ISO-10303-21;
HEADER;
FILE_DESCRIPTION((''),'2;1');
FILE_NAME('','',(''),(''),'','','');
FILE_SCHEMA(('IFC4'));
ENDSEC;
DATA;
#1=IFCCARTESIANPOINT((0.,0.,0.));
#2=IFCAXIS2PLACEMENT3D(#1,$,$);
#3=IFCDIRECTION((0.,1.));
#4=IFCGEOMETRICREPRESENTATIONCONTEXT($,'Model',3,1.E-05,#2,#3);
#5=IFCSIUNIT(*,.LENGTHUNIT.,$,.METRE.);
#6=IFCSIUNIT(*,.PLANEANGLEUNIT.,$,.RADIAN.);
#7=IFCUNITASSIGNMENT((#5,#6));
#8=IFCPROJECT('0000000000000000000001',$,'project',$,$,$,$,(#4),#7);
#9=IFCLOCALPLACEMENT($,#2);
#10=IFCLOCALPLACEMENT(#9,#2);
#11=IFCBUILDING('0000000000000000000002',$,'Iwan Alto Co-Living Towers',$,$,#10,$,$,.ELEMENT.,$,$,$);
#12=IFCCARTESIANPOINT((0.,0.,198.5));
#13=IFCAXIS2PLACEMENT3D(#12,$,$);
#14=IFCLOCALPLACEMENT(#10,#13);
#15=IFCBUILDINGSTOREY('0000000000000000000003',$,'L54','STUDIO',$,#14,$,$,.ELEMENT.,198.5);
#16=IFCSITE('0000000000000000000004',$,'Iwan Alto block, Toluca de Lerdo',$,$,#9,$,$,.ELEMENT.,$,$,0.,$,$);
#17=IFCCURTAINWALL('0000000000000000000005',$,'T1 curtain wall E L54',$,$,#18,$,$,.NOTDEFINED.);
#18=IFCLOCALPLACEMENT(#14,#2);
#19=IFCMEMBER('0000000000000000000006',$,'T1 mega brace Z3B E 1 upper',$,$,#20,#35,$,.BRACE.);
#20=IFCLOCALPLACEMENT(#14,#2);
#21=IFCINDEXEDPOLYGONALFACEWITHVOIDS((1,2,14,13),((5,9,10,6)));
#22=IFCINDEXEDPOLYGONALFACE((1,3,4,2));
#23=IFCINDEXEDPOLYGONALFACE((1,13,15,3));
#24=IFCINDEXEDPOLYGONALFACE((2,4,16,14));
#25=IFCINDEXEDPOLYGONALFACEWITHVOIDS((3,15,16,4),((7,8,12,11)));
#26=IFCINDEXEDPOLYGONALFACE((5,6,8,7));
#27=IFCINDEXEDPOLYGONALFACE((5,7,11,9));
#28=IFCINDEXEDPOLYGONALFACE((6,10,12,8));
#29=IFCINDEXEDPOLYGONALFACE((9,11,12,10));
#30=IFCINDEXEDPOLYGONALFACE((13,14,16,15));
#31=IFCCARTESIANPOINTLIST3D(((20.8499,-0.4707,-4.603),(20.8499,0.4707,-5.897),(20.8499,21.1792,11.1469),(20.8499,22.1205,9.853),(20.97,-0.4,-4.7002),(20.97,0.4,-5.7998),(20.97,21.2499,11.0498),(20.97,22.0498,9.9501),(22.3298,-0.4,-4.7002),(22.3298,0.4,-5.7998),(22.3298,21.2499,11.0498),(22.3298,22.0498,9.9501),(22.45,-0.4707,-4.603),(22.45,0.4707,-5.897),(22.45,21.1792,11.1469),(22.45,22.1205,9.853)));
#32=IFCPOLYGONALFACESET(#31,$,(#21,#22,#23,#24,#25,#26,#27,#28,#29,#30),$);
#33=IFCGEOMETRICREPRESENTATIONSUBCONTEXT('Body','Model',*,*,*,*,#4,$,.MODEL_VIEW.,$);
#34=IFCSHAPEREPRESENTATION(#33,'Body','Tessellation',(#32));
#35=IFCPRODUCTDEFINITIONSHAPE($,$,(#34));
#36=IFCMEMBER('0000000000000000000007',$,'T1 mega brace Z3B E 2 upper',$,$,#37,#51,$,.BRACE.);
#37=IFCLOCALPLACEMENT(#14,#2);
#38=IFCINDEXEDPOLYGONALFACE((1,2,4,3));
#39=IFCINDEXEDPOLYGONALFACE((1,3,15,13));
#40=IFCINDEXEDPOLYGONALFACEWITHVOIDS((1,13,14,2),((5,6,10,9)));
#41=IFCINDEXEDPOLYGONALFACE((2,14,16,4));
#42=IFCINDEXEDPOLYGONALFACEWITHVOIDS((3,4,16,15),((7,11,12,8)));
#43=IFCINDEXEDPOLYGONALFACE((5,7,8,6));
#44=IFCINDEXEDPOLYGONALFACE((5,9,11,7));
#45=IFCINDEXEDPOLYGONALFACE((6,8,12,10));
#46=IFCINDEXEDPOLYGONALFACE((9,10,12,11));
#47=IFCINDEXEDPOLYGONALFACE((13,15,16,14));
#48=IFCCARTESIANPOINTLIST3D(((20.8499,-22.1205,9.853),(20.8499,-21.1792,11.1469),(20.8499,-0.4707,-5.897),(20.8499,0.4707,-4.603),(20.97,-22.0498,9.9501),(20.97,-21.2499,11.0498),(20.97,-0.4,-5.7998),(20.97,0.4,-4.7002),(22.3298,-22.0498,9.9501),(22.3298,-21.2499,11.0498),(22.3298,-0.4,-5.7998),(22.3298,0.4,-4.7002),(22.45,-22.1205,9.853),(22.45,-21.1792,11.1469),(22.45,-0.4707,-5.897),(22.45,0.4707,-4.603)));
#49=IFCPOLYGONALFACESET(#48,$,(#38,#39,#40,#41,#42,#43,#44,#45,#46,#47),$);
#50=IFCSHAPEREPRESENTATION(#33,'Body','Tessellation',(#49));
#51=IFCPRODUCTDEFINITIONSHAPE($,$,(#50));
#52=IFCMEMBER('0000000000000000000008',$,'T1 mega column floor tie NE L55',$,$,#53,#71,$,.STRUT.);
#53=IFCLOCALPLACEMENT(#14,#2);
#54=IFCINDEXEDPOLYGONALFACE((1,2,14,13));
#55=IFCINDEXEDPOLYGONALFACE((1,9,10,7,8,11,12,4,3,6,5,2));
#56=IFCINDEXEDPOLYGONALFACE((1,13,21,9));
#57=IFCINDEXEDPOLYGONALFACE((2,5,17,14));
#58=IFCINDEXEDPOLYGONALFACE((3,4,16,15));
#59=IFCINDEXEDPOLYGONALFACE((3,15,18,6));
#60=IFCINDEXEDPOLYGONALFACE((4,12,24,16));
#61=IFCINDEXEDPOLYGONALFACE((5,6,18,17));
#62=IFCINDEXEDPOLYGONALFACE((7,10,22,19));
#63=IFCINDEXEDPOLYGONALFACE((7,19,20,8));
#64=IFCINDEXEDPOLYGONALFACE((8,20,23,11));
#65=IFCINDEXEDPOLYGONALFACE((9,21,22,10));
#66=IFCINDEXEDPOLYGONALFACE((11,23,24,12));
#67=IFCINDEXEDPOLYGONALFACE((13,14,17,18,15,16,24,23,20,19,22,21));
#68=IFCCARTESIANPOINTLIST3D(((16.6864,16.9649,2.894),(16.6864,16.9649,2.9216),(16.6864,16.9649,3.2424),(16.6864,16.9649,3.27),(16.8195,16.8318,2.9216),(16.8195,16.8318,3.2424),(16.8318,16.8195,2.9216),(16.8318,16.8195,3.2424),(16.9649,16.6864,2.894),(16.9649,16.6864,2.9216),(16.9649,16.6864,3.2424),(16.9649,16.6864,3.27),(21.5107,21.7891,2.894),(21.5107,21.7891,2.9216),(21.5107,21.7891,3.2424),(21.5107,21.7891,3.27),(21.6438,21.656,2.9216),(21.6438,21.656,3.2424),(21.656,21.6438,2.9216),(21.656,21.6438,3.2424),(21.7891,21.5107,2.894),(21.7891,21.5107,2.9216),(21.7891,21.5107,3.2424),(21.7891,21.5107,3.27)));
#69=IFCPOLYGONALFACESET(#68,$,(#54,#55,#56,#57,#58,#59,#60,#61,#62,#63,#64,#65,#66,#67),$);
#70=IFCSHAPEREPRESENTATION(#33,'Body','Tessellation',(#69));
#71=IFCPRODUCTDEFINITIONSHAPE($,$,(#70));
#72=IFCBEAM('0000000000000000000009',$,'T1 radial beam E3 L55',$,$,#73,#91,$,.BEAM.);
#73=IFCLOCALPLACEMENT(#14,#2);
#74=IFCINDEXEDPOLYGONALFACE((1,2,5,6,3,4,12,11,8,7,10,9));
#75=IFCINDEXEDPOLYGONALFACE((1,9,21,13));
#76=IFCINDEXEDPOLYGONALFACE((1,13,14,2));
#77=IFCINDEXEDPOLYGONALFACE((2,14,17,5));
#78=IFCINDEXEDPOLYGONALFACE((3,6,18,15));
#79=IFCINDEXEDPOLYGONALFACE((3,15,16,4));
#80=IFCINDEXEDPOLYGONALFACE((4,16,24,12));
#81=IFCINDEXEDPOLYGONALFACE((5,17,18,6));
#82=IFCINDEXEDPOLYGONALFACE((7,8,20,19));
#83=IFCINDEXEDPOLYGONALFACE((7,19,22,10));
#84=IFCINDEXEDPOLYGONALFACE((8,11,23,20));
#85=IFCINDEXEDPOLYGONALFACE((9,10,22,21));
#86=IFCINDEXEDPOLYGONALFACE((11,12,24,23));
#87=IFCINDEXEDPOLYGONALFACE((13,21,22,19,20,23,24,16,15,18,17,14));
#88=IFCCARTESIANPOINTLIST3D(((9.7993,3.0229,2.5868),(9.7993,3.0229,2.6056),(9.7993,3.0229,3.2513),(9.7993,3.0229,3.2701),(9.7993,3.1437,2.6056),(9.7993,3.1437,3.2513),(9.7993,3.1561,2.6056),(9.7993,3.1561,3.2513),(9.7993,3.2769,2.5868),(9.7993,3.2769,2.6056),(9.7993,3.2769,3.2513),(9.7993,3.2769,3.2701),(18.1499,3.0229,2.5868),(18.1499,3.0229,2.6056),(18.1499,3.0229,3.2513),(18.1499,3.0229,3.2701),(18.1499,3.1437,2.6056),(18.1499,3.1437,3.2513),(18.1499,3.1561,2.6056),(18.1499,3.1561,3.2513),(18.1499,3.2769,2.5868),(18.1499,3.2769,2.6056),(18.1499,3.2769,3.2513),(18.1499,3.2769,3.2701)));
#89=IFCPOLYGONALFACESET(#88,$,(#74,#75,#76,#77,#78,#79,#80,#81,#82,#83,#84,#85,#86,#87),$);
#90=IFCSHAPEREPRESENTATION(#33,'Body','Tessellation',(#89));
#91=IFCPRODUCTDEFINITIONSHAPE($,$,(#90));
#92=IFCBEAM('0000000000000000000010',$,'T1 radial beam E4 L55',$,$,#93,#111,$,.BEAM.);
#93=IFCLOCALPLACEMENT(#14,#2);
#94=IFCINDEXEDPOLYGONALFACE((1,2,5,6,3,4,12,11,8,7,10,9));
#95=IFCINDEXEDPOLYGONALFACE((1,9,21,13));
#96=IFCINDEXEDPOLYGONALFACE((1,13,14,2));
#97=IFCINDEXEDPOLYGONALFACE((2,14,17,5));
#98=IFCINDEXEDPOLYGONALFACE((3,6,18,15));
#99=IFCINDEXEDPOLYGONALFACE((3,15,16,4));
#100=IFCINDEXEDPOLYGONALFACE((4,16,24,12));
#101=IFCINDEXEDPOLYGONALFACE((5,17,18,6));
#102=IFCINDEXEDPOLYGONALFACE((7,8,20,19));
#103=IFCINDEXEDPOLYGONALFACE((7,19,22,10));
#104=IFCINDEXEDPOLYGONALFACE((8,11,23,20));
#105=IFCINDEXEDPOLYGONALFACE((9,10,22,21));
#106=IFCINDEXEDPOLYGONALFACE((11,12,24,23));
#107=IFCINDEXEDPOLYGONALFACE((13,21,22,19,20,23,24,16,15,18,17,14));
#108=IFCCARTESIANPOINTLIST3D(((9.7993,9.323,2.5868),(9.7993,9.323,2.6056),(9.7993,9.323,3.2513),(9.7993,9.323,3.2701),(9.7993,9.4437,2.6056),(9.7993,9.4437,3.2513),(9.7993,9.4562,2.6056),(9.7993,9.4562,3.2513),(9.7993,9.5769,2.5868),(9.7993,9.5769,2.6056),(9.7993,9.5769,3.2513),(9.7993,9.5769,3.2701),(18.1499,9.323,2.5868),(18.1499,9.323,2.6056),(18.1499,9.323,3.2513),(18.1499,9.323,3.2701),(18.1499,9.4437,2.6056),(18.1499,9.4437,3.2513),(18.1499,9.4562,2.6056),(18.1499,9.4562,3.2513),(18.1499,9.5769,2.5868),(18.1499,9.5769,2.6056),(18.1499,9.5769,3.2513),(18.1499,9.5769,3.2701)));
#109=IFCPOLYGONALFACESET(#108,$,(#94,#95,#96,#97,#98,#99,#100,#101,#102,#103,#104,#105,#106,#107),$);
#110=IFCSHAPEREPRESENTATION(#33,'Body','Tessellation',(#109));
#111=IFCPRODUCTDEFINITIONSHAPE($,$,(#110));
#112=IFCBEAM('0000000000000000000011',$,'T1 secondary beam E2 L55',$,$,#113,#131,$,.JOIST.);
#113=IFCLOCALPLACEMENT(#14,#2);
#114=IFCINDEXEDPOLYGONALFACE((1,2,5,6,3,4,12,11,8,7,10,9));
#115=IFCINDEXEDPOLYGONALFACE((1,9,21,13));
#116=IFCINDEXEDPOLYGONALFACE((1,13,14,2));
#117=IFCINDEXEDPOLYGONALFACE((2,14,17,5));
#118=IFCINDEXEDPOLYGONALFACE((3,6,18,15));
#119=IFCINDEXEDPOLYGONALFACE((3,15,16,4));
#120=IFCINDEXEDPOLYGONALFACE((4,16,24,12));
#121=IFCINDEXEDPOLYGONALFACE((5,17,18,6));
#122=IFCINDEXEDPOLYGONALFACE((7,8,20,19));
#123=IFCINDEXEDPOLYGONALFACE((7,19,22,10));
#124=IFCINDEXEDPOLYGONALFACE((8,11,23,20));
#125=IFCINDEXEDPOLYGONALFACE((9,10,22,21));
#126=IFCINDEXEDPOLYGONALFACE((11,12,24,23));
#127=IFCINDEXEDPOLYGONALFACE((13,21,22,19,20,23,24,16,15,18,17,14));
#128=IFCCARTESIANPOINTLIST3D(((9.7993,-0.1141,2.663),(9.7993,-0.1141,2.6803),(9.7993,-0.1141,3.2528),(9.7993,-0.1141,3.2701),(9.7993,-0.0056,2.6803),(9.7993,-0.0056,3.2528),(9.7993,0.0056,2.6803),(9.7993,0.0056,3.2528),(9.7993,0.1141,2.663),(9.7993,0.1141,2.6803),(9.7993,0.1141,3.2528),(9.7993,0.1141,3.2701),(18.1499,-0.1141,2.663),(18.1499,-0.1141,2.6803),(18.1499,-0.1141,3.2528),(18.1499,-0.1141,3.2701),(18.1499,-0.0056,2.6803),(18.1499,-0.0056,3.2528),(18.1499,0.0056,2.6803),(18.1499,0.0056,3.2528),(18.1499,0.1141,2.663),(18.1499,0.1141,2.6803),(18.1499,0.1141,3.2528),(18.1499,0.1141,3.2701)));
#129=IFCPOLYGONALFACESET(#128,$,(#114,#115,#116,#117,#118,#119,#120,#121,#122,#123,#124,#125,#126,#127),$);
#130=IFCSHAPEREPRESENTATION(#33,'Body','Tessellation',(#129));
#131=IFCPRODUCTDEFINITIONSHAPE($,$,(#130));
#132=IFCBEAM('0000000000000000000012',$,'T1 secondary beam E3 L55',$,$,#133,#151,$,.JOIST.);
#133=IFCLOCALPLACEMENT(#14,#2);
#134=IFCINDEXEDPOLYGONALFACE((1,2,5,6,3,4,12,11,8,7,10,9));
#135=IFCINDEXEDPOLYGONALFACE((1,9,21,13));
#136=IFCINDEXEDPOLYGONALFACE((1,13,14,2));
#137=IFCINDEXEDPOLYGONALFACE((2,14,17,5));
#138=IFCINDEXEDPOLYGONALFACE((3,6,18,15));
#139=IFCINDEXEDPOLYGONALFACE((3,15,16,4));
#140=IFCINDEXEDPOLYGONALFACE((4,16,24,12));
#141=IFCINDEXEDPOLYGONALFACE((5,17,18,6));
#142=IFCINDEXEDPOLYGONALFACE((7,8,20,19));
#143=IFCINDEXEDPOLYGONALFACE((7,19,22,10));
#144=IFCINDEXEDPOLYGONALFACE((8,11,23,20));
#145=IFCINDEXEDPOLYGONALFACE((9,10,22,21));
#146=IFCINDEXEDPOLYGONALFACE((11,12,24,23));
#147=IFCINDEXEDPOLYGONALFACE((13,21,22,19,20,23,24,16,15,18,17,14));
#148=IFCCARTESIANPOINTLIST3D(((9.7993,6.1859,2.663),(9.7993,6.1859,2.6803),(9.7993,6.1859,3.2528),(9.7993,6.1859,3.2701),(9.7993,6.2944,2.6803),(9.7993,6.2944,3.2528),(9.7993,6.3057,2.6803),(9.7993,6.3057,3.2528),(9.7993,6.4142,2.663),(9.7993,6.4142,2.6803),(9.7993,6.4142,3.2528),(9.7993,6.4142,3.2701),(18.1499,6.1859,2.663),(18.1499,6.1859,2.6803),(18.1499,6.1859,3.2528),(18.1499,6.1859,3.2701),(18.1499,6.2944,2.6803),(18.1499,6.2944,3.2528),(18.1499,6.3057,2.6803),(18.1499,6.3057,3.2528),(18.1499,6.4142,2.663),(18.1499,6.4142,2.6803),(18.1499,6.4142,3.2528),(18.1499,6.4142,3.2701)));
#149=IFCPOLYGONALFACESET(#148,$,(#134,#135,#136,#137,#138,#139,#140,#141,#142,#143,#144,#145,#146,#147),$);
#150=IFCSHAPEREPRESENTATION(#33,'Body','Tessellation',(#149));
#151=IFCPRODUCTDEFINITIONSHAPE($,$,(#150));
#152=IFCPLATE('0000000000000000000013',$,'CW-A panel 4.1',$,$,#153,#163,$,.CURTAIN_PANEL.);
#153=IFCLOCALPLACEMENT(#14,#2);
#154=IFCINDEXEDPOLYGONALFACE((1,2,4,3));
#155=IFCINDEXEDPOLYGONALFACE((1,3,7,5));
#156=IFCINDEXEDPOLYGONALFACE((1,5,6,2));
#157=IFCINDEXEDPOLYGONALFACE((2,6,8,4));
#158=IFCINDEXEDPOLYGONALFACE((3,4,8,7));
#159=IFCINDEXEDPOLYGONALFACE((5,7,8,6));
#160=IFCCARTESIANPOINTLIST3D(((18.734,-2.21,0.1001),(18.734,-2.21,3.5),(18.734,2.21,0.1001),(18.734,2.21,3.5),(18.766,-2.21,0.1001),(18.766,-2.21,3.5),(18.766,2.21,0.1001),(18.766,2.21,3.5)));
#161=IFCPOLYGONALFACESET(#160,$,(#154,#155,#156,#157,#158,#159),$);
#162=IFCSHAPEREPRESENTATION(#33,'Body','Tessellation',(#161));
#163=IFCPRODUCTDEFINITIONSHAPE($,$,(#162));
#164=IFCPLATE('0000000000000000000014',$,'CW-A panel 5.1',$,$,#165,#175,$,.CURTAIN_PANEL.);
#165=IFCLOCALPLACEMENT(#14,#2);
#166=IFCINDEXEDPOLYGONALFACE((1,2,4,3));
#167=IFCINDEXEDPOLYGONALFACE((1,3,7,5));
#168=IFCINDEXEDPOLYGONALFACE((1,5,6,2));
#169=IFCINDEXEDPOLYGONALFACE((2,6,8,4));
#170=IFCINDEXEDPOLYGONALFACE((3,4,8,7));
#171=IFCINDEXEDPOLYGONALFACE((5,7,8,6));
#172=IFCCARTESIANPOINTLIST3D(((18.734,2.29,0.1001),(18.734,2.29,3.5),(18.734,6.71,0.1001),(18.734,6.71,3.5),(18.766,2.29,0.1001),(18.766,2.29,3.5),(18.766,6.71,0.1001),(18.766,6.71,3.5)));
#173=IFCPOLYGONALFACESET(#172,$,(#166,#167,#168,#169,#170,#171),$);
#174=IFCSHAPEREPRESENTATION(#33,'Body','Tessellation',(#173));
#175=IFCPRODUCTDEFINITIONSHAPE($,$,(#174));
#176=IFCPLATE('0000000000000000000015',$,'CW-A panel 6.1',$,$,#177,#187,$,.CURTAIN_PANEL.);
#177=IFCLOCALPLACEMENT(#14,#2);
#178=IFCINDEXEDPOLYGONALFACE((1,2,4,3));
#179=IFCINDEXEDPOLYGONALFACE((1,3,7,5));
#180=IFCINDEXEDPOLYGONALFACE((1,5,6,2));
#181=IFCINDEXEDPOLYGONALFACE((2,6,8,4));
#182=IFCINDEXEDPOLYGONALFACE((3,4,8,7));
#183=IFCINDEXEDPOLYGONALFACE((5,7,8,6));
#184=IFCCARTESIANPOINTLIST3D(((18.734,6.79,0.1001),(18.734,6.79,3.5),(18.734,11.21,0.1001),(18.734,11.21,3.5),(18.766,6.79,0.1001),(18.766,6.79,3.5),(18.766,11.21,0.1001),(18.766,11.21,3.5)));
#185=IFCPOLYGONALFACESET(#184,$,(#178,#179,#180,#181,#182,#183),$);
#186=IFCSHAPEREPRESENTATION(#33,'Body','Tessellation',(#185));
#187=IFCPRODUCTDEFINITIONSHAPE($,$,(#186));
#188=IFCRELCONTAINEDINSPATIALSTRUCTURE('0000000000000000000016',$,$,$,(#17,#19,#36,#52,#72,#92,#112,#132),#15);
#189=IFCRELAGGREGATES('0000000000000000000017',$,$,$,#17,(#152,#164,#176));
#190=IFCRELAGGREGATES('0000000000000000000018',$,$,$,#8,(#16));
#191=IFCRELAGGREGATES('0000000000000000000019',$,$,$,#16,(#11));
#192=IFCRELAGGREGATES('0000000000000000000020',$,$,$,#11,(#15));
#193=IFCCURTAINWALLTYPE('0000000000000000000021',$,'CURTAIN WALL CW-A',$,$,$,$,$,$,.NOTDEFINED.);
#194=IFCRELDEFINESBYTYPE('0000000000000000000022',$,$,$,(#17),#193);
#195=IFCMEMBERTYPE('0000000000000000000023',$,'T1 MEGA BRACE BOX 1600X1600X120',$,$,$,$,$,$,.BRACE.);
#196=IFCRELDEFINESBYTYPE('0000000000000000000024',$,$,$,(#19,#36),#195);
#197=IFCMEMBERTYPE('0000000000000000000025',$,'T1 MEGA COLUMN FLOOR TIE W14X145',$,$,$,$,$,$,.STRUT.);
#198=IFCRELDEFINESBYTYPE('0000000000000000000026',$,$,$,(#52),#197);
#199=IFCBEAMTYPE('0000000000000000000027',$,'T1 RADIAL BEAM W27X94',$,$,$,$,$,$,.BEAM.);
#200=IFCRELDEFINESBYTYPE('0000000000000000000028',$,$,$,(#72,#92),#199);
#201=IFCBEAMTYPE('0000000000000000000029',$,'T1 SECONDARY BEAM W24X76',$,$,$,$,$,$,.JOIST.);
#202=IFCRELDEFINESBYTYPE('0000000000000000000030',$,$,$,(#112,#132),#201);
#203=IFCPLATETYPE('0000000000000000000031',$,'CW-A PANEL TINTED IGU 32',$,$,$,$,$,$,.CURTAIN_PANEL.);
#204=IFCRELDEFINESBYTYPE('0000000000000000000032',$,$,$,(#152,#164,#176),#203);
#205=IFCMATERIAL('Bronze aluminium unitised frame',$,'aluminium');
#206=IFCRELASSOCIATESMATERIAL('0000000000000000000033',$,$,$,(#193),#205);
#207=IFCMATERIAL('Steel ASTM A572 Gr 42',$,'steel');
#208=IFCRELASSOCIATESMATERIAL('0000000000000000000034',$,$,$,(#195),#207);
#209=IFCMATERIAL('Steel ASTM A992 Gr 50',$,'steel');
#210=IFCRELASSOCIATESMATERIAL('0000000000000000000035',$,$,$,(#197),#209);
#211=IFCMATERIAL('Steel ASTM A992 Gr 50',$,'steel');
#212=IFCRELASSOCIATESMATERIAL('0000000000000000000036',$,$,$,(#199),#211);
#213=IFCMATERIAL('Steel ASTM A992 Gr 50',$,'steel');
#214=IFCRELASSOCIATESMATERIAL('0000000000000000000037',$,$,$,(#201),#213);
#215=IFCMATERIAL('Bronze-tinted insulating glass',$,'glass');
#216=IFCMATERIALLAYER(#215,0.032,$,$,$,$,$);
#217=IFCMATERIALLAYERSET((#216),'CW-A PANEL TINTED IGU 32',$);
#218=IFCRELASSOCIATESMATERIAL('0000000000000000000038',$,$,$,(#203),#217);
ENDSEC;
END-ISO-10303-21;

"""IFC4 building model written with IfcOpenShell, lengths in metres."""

from ifc_helpers import new_model, si_unit, direction, frame, origin, origin_2d, place, context, subcontext, project, spatial, rectangle, hollow_rectangle, i_section, extrude, material, layer, layer_set, material_profile, profile_set, type_object, element, aggregate, save


model = new_model("IFC4")

# Units and contexts
model_context = context("Model", 3, precision=1e-05, world=origin(), true_north=direction((0.0, 1.0)))
body_context = subcontext(model_context, "Body", "Model", "MODEL_VIEW")
ifc_project = project(units=[si_unit("LENGTHUNIT", "METRE"), si_unit("PLANEANGLEUNIT", "RADIAN")], contexts=[model_context])

# Site, building, storey
site_placement = place(None, origin())
site = spatial("IfcSite", under=ifc_project, at=site_placement, Name="Iwan Alto block, Toluca de Lerdo", CompositionType="ELEMENT", RefElevation=0.0)
building_placement = place(site_placement, origin())
building = spatial("IfcBuilding", under=site, at=building_placement, Name="Iwan Alto Co-Living Towers", CompositionType="ELEMENT")
storey_placement = place(building_placement, frame((0.0, 0.0, 198.5)))
storey = spatial("IfcBuildingStorey", under=building, at=storey_placement, Name="L54", Description="STUDIO", CompositionType="ELEMENT", Elevation=198.5)

# Curtain wall
ifc_material_1 = material(Name="Bronze aluminium unitised frame", Category="aluminium")
curtain_wall_type_1 = type_object("IfcCurtainWallType", Name="CURTAIN WALL CW-A", PredefinedType="NOTDEFINED", material=ifc_material_1)
curtain_wall_1_placement = place(storey_placement, origin())
curtain_wall_1 = element("IfcCurtainWall", 1, at=curtain_wall_1_placement, inside=storey, type_object=curtain_wall_type_1, Name="T1 curtain wall E L54", PredefinedType="NOTDEFINED")

# Members
ifc_material_2 = material(Name="Steel ASTM A572 Gr 42", Category="steel")
ifc_material_profile_1 = material_profile(ifc_material_2, hollow_rectangle(XDim=1.6001, YDim=1.6001, WallThickness=0.1201, at=origin_2d()), Name="BOX 1600X1600X120")
ifc_profile_set_1 = profile_set([ifc_material_profile_1], Name="Steel ASTM A572 Gr 42")
member_type_1 = type_object("IfcMemberType", Name="T1 MEGA BRACE BOX 1600X1600X120", PredefinedType="BRACE", material=ifc_profile_set_1)
for number, where, z_axis, x_axis, name in (
    (2, (21.6499, 0.0, -5.25), (0.0, 0.808654, 0.588284), (-1.0, 0.0, 0.0), "T1 mega brace Z3B E 1 upper"),
    (3, (21.6499, 0.0, -5.25), (0.0, -0.808654, 0.588284), (1.0, 0.0, 0.0), "T1 mega brace Z3B E 2 upper"),
):
    element("IfcMember", number, at=place(storey_placement, frame(where, z_axis=z_axis, x_axis=x_axis)), inside=storey, type_object=member_type_1, Name=name, PredefinedType="BRACE", context=body_context, shape_type="SweptSolid", body=[
        extrude(hollow_rectangle(XDim=1.6001, YDim=1.6001, WallThickness=0.1201, at=origin_2d()), origin(), (0.0, 0.0, 1.0), 26.7727),
    ])
ifc_material_3 = material(Name="Steel ASTM A992 Gr 50", Category="steel")
ifc_material_profile_2 = material_profile(ifc_material_3, i_section(OverallWidth=0.3938, OverallDepth=0.376, WebThickness=0.0173, FlangeThickness=0.0276, at=origin_2d()), Name="W14X145")
ifc_profile_set_2 = profile_set([ifc_material_profile_2], Name="Steel ASTM A992 Gr 50")
member_type_2 = type_object("IfcMemberType", Name="T1 MEGA COLUMN FLOOR TIE W14X145", PredefinedType="STRUT", material=ifc_profile_set_2)
member_1_placement = place(storey_placement, frame((21.6499, 21.6499, 3.082), z_axis=(-0.707107, -0.707107, 0.0), x_axis=(0.707107, -0.707107, 0.0)))
element("IfcMember", 4, at=member_1_placement, inside=storey, type_object=member_type_2, Name="T1 mega column floor tie NE L55", PredefinedType="STRUT", context=body_context, shape_type="SweptSolid", body=[
    extrude(i_section(OverallWidth=0.3938, OverallDepth=0.376, WebThickness=0.0173, FlangeThickness=0.0276, at=origin_2d()), origin(), (0.0, 0.0, 1.0), 6.8225),
])

# Beams
ifc_material_4 = material(Name="Steel ASTM A992 Gr 50", Category="steel")
ifc_material_profile_3 = material_profile(ifc_material_4, i_section(OverallWidth=0.2539, OverallDepth=0.6833, WebThickness=0.0125, FlangeThickness=0.0188, at=origin_2d()), Name="W27X94")
ifc_profile_set_3 = profile_set([ifc_material_profile_3], Name="Steel ASTM A992 Gr 50")
beam_type_1 = type_object("IfcBeamType", Name="T1 RADIAL BEAM W27X94", PredefinedType="BEAM", material=ifc_profile_set_3)
for number, where, z_axis, x_axis, name in (
    (5, (18.1499, 3.1499, 2.9285), (-1.0, 0.0, 0.0), (0.0, -1.0, 0.0), "T1 radial beam E3 L55"),
    (6, (18.1499, 9.45, 2.9285), (-1.0, 0.0, 0.0), (0.0, -1.0, 0.0), "T1 radial beam E4 L55"),
):
    element("IfcBeam", number, at=place(storey_placement, frame(where, z_axis=z_axis, x_axis=x_axis)), inside=storey, type_object=beam_type_1, Name=name, PredefinedType="BEAM", context=body_context, shape_type="SweptSolid", body=[
        extrude(i_section(OverallWidth=0.2539, OverallDepth=0.6833, WebThickness=0.0125, FlangeThickness=0.0188, at=origin_2d()), origin(), (0.0, 0.0, 1.0), 8.3506),
    ])
ifc_material_5 = material(Name="Steel ASTM A992 Gr 50", Category="steel")
ifc_material_profile_4 = material_profile(ifc_material_5, i_section(OverallWidth=0.2283, OverallDepth=0.6072, WebThickness=0.0112, FlangeThickness=0.0173, at=origin_2d()), Name="W24X76")
ifc_profile_set_4 = profile_set([ifc_material_profile_4], Name="Steel ASTM A992 Gr 50")
beam_type_2 = type_object("IfcBeamType", Name="T1 SECONDARY BEAM W24X76", PredefinedType="JOIST", material=ifc_profile_set_4)
for number, where, z_axis, x_axis, name in (
    (7, (18.1499, 0.0, 2.9666), (-1.0, 0.0, 0.0), (0.0, -1.0, 0.0), "T1 secondary beam E2 L55"),
    (8, (18.1499, 6.3, 2.9666), (-1.0, 0.0, 0.0), (0.0, -1.0, 0.0), "T1 secondary beam E3 L55"),
):
    element("IfcBeam", number, at=place(storey_placement, frame(where, z_axis=z_axis, x_axis=x_axis)), inside=storey, type_object=beam_type_2, Name=name, PredefinedType="JOIST", context=body_context, shape_type="SweptSolid", body=[
        extrude(i_section(OverallWidth=0.2283, OverallDepth=0.6072, WebThickness=0.0112, FlangeThickness=0.0173, at=origin_2d()), origin(), (0.0, 0.0, 1.0), 8.3506),
    ])

# Plates
ifc_material_6 = material(Name="Bronze-tinted insulating glass", Category="glass")
ifc_layer_1 = layer(ifc_material_6, 0.032)
ifc_layer_set_1 = layer_set([ifc_layer_1], Name="CW-A PANEL TINTED IGU 32")
plate_type_1 = type_object("IfcPlateType", Name="CW-A PANEL TINTED IGU 32", PredefinedType="CURTAIN_PANEL", material=ifc_layer_set_1)
plate_1_placement = place(storey_placement, frame((18.75, 0.0, 0.1001), z_axis=(0.0, 0.0, 1.0), x_axis=(0.0, 1.0, 0.0)))
plate_1 = element("IfcPlate", 9, at=plate_1_placement, type_object=plate_type_1, Name="CW-A panel 4.1", PredefinedType="CURTAIN_PANEL", context=body_context, shape_type="SweptSolid", body=[
    extrude(rectangle(XDim=4.4199, YDim=0.032, at=origin_2d()), origin(), (0.0, 0.0, 1.0), 3.3999),
])
plate_2_placement = place(storey_placement, frame((18.75, 4.5, 0.1001), z_axis=(0.0, 0.0, 1.0), x_axis=(0.0, 1.0, 0.0)))
plate_2 = element("IfcPlate", 10, at=plate_2_placement, type_object=plate_type_1, Name="CW-A panel 5.1", PredefinedType="CURTAIN_PANEL", context=body_context, shape_type="SweptSolid", body=[
    extrude(rectangle(XDim=4.4199, YDim=0.032, at=origin_2d()), origin(), (0.0, 0.0, 1.0), 3.3999),
])
plate_3_placement = place(storey_placement, frame((18.75, 9.0, 0.1001), z_axis=(0.0, 0.0, 1.0), x_axis=(0.0, 1.0, 0.0)))
plate_3 = element("IfcPlate", 11, at=plate_3_placement, type_object=plate_type_1, Name="CW-A panel 6.1", PredefinedType="CURTAIN_PANEL", context=body_context, shape_type="SweptSolid", body=[
    extrude(rectangle(XDim=4.4199, YDim=0.032, at=origin_2d()), origin(), (0.0, 0.0, 1.0), 3.3999),
])
aggregate(curtain_wall_1, [plate_1, plate_2, plate_3])

save(model, "model.ifc")
